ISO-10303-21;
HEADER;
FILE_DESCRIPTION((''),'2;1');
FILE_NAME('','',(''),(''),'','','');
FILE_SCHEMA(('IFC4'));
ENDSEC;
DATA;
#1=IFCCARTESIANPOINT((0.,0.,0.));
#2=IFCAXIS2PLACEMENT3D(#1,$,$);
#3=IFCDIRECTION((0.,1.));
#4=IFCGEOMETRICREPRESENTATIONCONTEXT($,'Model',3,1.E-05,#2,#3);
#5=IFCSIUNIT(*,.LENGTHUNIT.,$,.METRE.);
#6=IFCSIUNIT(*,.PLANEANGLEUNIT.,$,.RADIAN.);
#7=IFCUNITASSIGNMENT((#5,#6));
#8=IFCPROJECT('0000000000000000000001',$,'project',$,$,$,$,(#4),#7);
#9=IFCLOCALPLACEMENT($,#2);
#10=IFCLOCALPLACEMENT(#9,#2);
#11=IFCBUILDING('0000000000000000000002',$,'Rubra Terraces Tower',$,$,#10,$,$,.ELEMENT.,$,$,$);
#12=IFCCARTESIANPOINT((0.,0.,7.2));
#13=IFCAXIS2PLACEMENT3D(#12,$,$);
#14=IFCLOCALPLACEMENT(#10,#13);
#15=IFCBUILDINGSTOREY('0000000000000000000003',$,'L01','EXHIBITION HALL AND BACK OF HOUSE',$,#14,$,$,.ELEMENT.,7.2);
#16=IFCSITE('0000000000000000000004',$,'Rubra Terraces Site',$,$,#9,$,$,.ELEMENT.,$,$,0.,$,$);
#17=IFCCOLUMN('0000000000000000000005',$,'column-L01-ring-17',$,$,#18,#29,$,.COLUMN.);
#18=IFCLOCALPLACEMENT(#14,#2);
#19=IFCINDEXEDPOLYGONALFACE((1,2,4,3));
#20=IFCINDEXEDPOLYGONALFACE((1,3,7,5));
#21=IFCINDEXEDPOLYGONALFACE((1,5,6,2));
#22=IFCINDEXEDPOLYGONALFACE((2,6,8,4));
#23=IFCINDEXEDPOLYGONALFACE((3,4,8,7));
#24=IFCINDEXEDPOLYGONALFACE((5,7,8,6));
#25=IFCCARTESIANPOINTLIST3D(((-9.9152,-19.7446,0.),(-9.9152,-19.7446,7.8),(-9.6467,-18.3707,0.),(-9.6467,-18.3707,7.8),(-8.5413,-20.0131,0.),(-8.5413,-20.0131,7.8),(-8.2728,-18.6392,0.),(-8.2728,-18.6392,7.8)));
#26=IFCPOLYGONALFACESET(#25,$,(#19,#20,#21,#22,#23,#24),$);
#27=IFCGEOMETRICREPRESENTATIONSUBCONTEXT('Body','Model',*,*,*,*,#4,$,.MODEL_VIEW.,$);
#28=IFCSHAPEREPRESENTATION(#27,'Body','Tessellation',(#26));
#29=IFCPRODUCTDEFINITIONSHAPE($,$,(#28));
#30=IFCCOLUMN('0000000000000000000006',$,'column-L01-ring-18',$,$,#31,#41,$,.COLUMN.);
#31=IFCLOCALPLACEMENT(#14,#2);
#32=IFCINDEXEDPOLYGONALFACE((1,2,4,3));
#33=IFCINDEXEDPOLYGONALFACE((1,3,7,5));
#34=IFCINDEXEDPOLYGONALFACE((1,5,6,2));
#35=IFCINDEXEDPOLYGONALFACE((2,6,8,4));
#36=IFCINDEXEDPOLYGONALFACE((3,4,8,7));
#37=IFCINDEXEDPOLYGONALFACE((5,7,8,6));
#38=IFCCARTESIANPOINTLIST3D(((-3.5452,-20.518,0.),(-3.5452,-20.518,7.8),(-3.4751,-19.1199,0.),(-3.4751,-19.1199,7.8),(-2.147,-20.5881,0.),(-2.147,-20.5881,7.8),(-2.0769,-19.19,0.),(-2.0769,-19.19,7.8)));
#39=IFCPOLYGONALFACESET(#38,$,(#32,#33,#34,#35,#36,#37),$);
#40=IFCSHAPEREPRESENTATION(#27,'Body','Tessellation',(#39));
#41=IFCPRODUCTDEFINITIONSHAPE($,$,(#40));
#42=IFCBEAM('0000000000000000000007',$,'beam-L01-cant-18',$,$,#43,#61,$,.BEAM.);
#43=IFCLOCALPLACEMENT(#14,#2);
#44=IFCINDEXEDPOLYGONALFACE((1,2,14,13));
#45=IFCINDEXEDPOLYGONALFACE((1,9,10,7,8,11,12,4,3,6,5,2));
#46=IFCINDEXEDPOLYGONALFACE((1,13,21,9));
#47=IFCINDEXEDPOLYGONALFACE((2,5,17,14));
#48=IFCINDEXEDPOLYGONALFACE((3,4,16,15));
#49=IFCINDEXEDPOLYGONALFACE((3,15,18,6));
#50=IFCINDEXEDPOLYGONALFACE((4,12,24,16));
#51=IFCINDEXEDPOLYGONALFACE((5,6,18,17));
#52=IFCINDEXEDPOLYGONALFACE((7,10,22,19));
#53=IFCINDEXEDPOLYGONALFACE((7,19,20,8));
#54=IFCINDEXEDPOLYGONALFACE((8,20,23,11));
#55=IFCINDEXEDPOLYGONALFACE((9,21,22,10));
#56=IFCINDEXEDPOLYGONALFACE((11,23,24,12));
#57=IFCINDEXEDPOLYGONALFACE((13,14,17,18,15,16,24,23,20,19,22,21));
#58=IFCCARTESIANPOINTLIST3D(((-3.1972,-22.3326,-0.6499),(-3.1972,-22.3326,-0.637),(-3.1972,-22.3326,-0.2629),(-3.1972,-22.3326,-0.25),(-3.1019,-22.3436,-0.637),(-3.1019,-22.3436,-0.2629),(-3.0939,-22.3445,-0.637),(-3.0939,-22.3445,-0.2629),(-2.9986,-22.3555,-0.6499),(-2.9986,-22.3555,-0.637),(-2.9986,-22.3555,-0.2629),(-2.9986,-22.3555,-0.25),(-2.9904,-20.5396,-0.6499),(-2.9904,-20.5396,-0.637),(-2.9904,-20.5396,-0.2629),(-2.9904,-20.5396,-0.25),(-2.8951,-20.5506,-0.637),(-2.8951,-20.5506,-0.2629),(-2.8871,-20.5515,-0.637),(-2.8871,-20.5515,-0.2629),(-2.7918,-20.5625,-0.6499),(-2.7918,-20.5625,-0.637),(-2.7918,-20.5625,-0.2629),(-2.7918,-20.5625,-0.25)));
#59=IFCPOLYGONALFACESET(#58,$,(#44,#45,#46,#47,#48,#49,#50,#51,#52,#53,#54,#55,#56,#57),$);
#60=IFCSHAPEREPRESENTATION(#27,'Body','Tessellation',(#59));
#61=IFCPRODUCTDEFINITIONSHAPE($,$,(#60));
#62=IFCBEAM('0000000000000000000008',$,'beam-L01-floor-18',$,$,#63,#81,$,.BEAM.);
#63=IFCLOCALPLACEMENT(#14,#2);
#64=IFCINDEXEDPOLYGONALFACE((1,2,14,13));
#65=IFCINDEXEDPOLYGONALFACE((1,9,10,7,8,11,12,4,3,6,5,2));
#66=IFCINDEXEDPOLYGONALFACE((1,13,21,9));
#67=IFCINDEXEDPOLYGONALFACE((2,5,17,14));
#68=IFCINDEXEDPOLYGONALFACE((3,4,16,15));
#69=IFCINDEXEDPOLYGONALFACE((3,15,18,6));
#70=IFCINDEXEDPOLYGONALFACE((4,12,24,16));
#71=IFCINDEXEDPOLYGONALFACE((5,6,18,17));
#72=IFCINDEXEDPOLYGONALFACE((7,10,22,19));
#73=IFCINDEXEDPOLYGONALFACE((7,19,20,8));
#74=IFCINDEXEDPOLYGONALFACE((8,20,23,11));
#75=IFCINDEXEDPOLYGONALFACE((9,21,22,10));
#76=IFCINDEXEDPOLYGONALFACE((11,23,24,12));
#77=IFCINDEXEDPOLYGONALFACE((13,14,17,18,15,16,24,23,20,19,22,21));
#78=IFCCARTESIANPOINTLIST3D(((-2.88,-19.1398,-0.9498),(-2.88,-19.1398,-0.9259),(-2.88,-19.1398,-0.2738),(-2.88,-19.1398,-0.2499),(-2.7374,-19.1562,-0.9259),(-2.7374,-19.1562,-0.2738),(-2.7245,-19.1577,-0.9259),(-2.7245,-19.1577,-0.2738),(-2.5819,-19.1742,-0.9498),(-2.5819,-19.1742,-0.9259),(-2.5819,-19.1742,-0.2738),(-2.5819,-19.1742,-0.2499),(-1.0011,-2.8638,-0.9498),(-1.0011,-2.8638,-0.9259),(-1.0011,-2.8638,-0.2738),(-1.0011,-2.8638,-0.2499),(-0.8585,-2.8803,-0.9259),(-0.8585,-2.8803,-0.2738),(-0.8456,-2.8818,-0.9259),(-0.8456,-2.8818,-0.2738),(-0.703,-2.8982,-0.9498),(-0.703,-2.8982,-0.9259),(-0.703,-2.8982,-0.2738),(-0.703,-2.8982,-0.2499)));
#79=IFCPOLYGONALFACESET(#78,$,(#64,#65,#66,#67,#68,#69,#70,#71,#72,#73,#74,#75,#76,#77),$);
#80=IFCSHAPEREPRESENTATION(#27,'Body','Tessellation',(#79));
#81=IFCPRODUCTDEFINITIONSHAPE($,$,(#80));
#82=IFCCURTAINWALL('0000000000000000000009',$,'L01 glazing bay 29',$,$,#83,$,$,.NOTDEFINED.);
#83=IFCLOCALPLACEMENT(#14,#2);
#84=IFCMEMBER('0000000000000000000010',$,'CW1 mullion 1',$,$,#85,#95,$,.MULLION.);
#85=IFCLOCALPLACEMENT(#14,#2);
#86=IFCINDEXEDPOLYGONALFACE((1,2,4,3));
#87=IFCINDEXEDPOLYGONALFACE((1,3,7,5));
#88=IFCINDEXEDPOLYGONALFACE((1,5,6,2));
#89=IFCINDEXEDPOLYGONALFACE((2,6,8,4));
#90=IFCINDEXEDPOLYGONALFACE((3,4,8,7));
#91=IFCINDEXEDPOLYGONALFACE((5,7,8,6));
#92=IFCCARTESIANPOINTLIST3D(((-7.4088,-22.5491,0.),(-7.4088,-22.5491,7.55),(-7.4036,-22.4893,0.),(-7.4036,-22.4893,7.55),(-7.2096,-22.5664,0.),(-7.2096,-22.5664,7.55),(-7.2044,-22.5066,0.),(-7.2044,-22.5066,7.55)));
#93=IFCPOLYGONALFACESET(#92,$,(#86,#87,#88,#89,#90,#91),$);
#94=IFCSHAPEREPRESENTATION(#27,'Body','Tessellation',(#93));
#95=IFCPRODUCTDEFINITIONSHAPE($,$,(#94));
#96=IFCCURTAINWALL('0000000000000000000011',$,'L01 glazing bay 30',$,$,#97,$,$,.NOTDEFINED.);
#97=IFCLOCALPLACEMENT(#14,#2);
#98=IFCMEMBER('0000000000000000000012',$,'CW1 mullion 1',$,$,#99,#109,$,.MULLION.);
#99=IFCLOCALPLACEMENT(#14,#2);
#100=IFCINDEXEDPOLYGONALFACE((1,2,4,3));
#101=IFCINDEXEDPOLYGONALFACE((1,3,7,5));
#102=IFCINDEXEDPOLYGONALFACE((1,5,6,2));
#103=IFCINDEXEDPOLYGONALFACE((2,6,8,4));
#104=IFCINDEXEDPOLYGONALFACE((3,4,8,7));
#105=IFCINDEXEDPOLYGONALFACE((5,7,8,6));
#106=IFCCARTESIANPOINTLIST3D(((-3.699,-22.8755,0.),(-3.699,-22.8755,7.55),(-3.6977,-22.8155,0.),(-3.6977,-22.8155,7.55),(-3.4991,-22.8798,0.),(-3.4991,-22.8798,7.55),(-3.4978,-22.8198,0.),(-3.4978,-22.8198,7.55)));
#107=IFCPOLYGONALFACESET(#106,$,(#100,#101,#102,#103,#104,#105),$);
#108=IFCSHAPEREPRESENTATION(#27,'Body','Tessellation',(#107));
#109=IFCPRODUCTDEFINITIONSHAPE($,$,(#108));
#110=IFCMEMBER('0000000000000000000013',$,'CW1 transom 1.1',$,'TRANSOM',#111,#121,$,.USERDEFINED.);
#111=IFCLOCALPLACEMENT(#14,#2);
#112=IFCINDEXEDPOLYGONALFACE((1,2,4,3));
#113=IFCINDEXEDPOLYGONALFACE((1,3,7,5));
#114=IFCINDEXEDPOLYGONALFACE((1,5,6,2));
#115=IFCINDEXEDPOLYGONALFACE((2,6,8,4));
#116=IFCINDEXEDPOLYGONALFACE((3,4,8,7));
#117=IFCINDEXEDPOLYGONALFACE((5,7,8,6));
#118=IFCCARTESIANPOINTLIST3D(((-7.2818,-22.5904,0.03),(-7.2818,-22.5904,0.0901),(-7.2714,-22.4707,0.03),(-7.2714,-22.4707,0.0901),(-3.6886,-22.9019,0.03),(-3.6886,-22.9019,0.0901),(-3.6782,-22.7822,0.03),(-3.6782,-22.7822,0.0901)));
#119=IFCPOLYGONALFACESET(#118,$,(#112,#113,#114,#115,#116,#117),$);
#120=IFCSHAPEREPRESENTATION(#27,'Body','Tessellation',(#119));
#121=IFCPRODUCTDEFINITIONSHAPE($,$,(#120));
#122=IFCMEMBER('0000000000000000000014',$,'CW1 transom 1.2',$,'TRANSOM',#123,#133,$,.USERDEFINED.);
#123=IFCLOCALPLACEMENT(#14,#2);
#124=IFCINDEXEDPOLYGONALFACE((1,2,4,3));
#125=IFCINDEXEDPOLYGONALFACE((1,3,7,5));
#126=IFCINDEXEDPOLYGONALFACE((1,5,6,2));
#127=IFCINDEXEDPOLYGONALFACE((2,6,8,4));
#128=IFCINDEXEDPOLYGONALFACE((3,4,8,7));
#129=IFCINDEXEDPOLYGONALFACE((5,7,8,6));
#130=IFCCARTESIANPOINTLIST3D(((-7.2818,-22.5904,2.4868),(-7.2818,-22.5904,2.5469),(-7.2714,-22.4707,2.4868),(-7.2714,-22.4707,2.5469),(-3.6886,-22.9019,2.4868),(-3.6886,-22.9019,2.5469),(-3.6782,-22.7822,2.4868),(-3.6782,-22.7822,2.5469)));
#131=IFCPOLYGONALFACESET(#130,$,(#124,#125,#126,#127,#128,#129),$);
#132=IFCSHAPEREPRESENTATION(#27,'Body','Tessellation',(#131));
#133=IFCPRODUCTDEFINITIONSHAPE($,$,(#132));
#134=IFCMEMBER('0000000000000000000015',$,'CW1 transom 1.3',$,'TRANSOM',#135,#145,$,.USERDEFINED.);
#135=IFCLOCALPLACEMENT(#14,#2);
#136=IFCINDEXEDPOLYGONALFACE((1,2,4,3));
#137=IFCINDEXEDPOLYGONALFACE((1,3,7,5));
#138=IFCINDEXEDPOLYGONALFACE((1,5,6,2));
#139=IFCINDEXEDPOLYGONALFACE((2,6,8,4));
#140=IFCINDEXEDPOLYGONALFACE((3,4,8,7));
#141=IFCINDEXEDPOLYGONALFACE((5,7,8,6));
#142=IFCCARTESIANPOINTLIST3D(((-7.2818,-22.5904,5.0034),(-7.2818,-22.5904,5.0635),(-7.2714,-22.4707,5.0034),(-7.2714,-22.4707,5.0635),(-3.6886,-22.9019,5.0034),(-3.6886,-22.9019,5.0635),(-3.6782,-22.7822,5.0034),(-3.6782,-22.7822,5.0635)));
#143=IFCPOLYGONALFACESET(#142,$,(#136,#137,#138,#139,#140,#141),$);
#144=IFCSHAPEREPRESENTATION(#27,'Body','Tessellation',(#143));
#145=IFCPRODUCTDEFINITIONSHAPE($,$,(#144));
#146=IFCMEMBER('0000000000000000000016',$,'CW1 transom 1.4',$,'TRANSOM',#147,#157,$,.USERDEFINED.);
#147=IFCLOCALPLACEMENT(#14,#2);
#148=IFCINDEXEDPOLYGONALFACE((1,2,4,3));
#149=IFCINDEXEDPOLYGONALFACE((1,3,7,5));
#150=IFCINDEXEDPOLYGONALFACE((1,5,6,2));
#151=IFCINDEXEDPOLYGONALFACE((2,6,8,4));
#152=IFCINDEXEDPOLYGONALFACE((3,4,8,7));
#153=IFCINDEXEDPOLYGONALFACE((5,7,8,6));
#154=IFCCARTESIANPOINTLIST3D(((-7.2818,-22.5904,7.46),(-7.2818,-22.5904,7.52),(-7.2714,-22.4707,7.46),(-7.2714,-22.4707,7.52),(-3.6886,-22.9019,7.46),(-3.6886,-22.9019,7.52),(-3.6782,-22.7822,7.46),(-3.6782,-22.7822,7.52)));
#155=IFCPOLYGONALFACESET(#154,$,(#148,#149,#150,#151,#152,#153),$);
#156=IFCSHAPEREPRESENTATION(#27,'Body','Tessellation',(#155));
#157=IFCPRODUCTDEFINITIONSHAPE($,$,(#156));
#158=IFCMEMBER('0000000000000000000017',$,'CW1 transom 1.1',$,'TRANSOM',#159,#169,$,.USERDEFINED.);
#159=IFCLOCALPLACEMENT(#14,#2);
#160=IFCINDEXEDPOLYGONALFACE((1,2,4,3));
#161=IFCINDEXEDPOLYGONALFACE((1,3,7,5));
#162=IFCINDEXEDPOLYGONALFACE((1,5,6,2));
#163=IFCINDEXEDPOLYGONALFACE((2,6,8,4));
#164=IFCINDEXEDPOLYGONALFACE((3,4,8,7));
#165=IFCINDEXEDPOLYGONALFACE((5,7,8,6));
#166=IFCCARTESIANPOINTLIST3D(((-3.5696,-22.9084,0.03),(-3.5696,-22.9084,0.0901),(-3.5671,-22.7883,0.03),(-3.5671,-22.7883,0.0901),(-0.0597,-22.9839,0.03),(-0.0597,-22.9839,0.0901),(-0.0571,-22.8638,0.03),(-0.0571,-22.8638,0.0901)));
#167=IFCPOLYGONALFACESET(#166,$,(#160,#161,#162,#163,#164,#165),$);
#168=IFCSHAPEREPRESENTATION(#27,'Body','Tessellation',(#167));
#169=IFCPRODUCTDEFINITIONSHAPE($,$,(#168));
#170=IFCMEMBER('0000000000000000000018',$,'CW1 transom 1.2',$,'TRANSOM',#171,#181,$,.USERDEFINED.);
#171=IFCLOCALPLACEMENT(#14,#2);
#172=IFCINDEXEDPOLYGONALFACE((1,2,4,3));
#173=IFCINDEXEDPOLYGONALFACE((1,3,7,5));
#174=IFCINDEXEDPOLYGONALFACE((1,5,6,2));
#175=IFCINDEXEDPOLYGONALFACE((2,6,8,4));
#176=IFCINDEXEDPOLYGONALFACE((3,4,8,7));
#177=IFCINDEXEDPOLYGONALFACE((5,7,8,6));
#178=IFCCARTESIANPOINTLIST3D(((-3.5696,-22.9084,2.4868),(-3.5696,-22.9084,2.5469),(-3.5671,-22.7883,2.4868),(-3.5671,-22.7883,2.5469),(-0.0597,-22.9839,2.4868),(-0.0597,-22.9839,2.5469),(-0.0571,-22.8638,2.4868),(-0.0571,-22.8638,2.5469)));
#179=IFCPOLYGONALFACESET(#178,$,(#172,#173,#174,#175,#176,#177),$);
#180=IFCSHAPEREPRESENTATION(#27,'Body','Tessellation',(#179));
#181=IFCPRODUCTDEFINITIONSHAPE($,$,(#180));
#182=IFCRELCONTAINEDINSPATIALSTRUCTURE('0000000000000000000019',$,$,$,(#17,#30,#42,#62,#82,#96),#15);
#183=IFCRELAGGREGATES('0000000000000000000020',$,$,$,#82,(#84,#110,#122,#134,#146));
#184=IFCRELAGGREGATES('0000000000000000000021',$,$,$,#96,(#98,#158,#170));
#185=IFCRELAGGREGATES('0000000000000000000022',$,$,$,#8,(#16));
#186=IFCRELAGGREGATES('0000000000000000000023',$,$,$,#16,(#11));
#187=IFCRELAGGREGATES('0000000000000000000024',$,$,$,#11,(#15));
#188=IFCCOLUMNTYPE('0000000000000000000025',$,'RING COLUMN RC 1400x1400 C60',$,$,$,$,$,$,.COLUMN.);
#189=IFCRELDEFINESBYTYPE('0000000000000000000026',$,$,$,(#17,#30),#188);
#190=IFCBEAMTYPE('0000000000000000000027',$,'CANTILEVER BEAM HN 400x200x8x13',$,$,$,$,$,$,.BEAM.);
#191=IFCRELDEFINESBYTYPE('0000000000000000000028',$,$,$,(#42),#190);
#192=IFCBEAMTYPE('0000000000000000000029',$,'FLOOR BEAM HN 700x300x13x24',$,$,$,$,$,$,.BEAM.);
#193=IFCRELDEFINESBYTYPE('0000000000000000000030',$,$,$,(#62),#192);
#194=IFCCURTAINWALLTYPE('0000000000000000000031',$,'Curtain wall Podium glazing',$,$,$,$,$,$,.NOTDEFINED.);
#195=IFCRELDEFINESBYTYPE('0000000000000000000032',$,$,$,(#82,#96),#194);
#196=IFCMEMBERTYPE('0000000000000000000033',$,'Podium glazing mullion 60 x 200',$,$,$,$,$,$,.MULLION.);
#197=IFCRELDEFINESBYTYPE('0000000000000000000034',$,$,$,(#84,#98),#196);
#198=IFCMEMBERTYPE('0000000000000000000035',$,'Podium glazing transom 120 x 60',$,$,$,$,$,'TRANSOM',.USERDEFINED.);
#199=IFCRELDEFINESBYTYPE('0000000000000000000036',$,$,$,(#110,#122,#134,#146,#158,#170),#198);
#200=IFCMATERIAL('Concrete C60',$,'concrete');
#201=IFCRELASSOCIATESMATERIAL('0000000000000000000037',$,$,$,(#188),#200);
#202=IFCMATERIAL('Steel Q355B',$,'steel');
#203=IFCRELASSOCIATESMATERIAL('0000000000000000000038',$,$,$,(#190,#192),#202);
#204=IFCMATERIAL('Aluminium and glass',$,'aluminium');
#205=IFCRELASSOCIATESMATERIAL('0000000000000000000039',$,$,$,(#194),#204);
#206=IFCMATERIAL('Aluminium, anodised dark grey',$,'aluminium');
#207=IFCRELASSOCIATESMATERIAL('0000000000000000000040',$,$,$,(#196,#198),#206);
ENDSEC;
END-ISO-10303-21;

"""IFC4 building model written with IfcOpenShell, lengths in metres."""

from ifc_helpers import new_model, si_unit, direction, frame, origin, origin_2d, place, context, subcontext, project, spatial, rectangle, i_section, extrude, material, material_profile, profile_set, type_object, element, aggregate, save


model = new_model("IFC4")

# Units and contexts
model_context = context("Model", 3, precision=1e-05, world=origin(), true_north=direction((0.0, 1.0)))
body_context = subcontext(model_context, "Body", "Model", "MODEL_VIEW")
ifc_project = project(units=[si_unit("LENGTHUNIT", "METRE"), si_unit("PLANEANGLEUNIT", "RADIAN")], contexts=[model_context])

# Site, building, storey
site_placement = place(None, origin())
site = spatial("IfcSite", under=ifc_project, at=site_placement, Name="Rubra Terraces Site", CompositionType="ELEMENT", RefElevation=0.0)
building_placement = place(site_placement, origin())
building = spatial("IfcBuilding", under=site, at=building_placement, Name="Rubra Terraces Tower", CompositionType="ELEMENT")
storey_placement = place(building_placement, frame((0.0, 0.0, 7.2)))
storey = spatial("IfcBuildingStorey", under=building, at=storey_placement, Name="L01", Description="EXHIBITION HALL AND BACK OF HOUSE", CompositionType="ELEMENT", Elevation=7.2)

# Columns
ifc_material_1 = material(Name="Concrete C60", Category="concrete")
ifc_material_profile_1 = material_profile(ifc_material_1, rectangle(XDim=1.3999, YDim=1.3999, at=origin_2d()), Name="RC 1400x1400")
ifc_profile_set_1 = profile_set([ifc_material_profile_1], Name="Concrete C60")
column_type = type_object("IfcColumnType", Name="RING COLUMN RC 1400x1400 C60", PredefinedType="COLUMN", material=ifc_profile_set_1)
for number, where, z_axis, x_axis, name in (
    (1, (-9.094, -19.1919, 0.0), (0.0, 0.0, 1.0), (0.98143, -0.191819, 0.0), "column-L01-ring-17"),
    (2, (-2.811, -19.854, 0.0), (0.0, 0.0, 1.0), (0.998745, -0.050084, 0.0), "column-L01-ring-18"),
):
    element("IfcColumn", number, at=place(storey_placement, frame(where, z_axis=z_axis, x_axis=x_axis)), inside=storey, type_object=column_type, Name=name, PredefinedType="COLUMN", context=body_context, shape_type="SweptSolid", body=[
        extrude(rectangle(XDim=1.3999, YDim=1.3999, at=origin_2d()), origin(), (0.0, 0.0, 1.0), 7.8),
    ])

# Beams
ifc_material_2 = material(Name="Steel Q355B", Category="steel")
ifc_material_profile_2 = material_profile(ifc_material_2, i_section(OverallWidth=0.2, OverallDepth=0.3999, WebThickness=0.0081, FlangeThickness=0.0129, at=origin_2d()), Name="HN 400x200x8x13")
ifc_profile_set_2 = profile_set([ifc_material_profile_2], Name="Steel Q355B")
beam_type_1 = type_object("IfcBeamType", Name="CANTILEVER BEAM HN 400x200x8x13", PredefinedType="BEAM", material=ifc_profile_set_2)
beam_1_placement = place(storey_placement, frame((-2.8911, -20.551, -0.45), z_axis=(-0.114573, -0.993415, 0.0), x_axis=(0.993415, -0.114573, 0.0)))
element("IfcBeam", 3, at=beam_1_placement, inside=storey, type_object=beam_type_1, Name="beam-L01-cant-18", PredefinedType="BEAM", context=body_context, shape_type="SweptSolid", body=[
    extrude(i_section(OverallWidth=0.2, OverallDepth=0.3999, WebThickness=0.0081, FlangeThickness=0.0129, at=origin_2d()), origin(), (0.0, 0.0, 1.0), 1.8049),
])
ifc_material_profile_3 = material_profile(ifc_material_2, i_section(OverallWidth=0.3, OverallDepth=0.7, WebThickness=0.0129, FlangeThickness=0.0239, at=origin_2d()), Name="HN 700x300x13x24")
ifc_profile_set_3 = profile_set([ifc_material_profile_3], Name="Steel Q355B")
beam_type_2 = type_object("IfcBeamType", Name="FLOOR BEAM HN 700x300x13x24", PredefinedType="BEAM", material=ifc_profile_set_3)
beam_2_placement = place(storey_placement, frame((-2.731, -19.157, -0.5999), z_axis=(0.11468, 0.993403, 0.0), x_axis=(-0.993403, 0.11468, 0.0)))
element("IfcBeam", 4, at=beam_2_placement, inside=storey, type_object=beam_type_2, Name="beam-L01-floor-18", PredefinedType="BEAM", context=body_context, shape_type="SweptSolid", body=[
    extrude(i_section(OverallWidth=0.3, OverallDepth=0.7, WebThickness=0.0129, FlangeThickness=0.0239, at=origin_2d()), origin(), (0.0, 0.0, 1.0), 16.384),
])

# Curtain walls, members
ifc_material_3 = material(Name="Aluminium and glass", Category="aluminium")
curtain_wall_type = type_object("IfcCurtainWallType", Name="Curtain wall Podium glazing", PredefinedType="NOTDEFINED", material=ifc_material_3)
curtain_wall_1_placement = place(storey_placement, origin())
curtain_wall_1 = element("IfcCurtainWall", 5, at=curtain_wall_1_placement, inside=storey, type_object=curtain_wall_type, Name="L01 glazing bay 29", PredefinedType="NOTDEFINED")
ifc_material_4 = material(Name="Aluminium, anodised dark grey", Category="aluminium")
ifc_material_profile_4 = material_profile(ifc_material_4, rectangle(XDim=0.0601, YDim=0.2, at=origin_2d()), Name="AL 60x200")
ifc_profile_set_4 = profile_set([ifc_material_profile_4], Name="Aluminium, anodised dark grey")
member_type_1 = type_object("IfcMemberType", Name="Podium glazing mullion 60 x 200", PredefinedType="MULLION", material=ifc_profile_set_4)
member_1_placement = place(storey_placement, frame((-7.3066, -22.5278, 0.0), z_axis=(0.0, 0.0, 1.0), x_axis=(0.086398, 0.996261, 0.0)))
member_1 = element("IfcMember", 6, at=member_1_placement, type_object=member_type_1, Name="CW1 mullion 1", PredefinedType="MULLION", context=body_context, shape_type="SweptSolid", body=[
    extrude(rectangle(XDim=0.0601, YDim=0.2, at=origin_2d()), origin(), (0.0, 0.0, 1.0), 7.55),
])
curtain_wall_2_placement = place(storey_placement, origin())
curtain_wall_2 = element("IfcCurtainWall", 7, at=curtain_wall_2_placement, inside=storey, type_object=curtain_wall_type, Name="L01 glazing bay 30", PredefinedType="NOTDEFINED")
member_2_placement = place(storey_placement, frame((-3.5984, -22.8477, 0.0), z_axis=(0.0, 0.0, 1.0), x_axis=(0.021483, 0.999769, 0.0)))
member_2 = element("IfcMember", 8, at=member_2_placement, type_object=member_type_1, Name="CW1 mullion 1", PredefinedType="MULLION", context=body_context, shape_type="SweptSolid", body=[
    extrude(rectangle(XDim=0.0601, YDim=0.2, at=origin_2d()), origin(), (0.0, 0.0, 1.0), 7.55),
])

# Members
ifc_material_profile_5 = material_profile(ifc_material_4, rectangle(XDim=0.1201, YDim=0.0601, at=origin_2d()), Name="AL 120x60")
ifc_profile_set_5 = profile_set([ifc_material_profile_5], Name="Aluminium, anodised dark grey")
member_type_2 = type_object("IfcMemberType", Name="Podium glazing transom 120 x 60", ElementType="TRANSOM", PredefinedType="USERDEFINED", material=ifc_profile_set_5)
member_3_placement = place(storey_placement, frame((-7.2766, -22.5305, 0.0601), z_axis=(0.996263, -0.086373, 0.0), x_axis=(0.086373, 0.996263, 0.0)))
member_3 = element("IfcMember", 9, at=member_3_placement, type_object=member_type_2, Name="CW1 transom 1.1", ObjectType="TRANSOM", PredefinedType="USERDEFINED", context=body_context, shape_type="SweptSolid", body=[
    extrude(rectangle(XDim=0.1201, YDim=0.0601, at=origin_2d()), origin(), (0.0, 0.0, 1.0), 3.6067),
])
member_4_placement = place(storey_placement, frame((-7.2766, -22.5305, 2.5168), z_axis=(0.996263, -0.086373, 0.0), x_axis=(0.086373, 0.996263, 0.0)))
member_4 = element("IfcMember", 10, at=member_4_placement, type_object=member_type_2, Name="CW1 transom 1.2", ObjectType="TRANSOM", PredefinedType="USERDEFINED", context=body_context, shape_type="SweptSolid", body=[
    extrude(rectangle(XDim=0.1201, YDim=0.0601, at=origin_2d()), origin(), (0.0, 0.0, 1.0), 3.6067),
])
member_5_placement = place(storey_placement, frame((-7.2766, -22.5305, 5.0334), z_axis=(0.996263, -0.086373, 0.0), x_axis=(0.086373, 0.996263, 0.0)))
member_5 = element("IfcMember", 11, at=member_5_placement, type_object=member_type_2, Name="CW1 transom 1.3", ObjectType="TRANSOM", PredefinedType="USERDEFINED", context=body_context, shape_type="SweptSolid", body=[
    extrude(rectangle(XDim=0.1201, YDim=0.0601, at=origin_2d()), origin(), (0.0, 0.0, 1.0), 3.6067),
])
member_6_placement = place(storey_placement, frame((-7.2766, -22.5305, 7.49), z_axis=(0.996263, -0.086373, 0.0), x_axis=(0.086373, 0.996263, 0.0)))
member_6 = element("IfcMember", 12, at=member_6_placement, type_object=member_type_2, Name="CW1 transom 1.4", ObjectType="TRANSOM", PredefinedType="USERDEFINED", context=body_context, shape_type="SweptSolid", body=[
    extrude(rectangle(XDim=0.1201, YDim=0.0601, at=origin_2d()), origin(), (0.0, 0.0, 1.0), 3.6067),
])
member_7_placement = place(storey_placement, frame((-3.5684, -22.8484, 0.0601), z_axis=(0.999769, -0.021488, 0.0), x_axis=(0.021488, 0.999769, 0.0)))
member_7 = element("IfcMember", 13, at=member_7_placement, type_object=member_type_2, Name="CW1 transom 1.1", ObjectType="TRANSOM", PredefinedType="USERDEFINED", context=body_context, shape_type="SweptSolid", body=[
    extrude(rectangle(XDim=0.1201, YDim=0.0601, at=origin_2d()), origin(), (0.0, 0.0, 1.0), 3.5107),
])
member_8_placement = place(storey_placement, frame((-3.5684, -22.8484, 2.5168), z_axis=(0.999769, -0.021488, 0.0), x_axis=(0.021488, 0.999769, 0.0)))
member_8 = element("IfcMember", 14, at=member_8_placement, type_object=member_type_2, Name="CW1 transom 1.2", ObjectType="TRANSOM", PredefinedType="USERDEFINED", context=body_context, shape_type="SweptSolid", body=[
    extrude(rectangle(XDim=0.1201, YDim=0.0601, at=origin_2d()), origin(), (0.0, 0.0, 1.0), 3.5107),
])

aggregate(curtain_wall_1, [member_1, member_3, member_4, member_5, member_6])
aggregate(curtain_wall_2, [member_2, member_7, member_8])

save(model, "model.ifc")
